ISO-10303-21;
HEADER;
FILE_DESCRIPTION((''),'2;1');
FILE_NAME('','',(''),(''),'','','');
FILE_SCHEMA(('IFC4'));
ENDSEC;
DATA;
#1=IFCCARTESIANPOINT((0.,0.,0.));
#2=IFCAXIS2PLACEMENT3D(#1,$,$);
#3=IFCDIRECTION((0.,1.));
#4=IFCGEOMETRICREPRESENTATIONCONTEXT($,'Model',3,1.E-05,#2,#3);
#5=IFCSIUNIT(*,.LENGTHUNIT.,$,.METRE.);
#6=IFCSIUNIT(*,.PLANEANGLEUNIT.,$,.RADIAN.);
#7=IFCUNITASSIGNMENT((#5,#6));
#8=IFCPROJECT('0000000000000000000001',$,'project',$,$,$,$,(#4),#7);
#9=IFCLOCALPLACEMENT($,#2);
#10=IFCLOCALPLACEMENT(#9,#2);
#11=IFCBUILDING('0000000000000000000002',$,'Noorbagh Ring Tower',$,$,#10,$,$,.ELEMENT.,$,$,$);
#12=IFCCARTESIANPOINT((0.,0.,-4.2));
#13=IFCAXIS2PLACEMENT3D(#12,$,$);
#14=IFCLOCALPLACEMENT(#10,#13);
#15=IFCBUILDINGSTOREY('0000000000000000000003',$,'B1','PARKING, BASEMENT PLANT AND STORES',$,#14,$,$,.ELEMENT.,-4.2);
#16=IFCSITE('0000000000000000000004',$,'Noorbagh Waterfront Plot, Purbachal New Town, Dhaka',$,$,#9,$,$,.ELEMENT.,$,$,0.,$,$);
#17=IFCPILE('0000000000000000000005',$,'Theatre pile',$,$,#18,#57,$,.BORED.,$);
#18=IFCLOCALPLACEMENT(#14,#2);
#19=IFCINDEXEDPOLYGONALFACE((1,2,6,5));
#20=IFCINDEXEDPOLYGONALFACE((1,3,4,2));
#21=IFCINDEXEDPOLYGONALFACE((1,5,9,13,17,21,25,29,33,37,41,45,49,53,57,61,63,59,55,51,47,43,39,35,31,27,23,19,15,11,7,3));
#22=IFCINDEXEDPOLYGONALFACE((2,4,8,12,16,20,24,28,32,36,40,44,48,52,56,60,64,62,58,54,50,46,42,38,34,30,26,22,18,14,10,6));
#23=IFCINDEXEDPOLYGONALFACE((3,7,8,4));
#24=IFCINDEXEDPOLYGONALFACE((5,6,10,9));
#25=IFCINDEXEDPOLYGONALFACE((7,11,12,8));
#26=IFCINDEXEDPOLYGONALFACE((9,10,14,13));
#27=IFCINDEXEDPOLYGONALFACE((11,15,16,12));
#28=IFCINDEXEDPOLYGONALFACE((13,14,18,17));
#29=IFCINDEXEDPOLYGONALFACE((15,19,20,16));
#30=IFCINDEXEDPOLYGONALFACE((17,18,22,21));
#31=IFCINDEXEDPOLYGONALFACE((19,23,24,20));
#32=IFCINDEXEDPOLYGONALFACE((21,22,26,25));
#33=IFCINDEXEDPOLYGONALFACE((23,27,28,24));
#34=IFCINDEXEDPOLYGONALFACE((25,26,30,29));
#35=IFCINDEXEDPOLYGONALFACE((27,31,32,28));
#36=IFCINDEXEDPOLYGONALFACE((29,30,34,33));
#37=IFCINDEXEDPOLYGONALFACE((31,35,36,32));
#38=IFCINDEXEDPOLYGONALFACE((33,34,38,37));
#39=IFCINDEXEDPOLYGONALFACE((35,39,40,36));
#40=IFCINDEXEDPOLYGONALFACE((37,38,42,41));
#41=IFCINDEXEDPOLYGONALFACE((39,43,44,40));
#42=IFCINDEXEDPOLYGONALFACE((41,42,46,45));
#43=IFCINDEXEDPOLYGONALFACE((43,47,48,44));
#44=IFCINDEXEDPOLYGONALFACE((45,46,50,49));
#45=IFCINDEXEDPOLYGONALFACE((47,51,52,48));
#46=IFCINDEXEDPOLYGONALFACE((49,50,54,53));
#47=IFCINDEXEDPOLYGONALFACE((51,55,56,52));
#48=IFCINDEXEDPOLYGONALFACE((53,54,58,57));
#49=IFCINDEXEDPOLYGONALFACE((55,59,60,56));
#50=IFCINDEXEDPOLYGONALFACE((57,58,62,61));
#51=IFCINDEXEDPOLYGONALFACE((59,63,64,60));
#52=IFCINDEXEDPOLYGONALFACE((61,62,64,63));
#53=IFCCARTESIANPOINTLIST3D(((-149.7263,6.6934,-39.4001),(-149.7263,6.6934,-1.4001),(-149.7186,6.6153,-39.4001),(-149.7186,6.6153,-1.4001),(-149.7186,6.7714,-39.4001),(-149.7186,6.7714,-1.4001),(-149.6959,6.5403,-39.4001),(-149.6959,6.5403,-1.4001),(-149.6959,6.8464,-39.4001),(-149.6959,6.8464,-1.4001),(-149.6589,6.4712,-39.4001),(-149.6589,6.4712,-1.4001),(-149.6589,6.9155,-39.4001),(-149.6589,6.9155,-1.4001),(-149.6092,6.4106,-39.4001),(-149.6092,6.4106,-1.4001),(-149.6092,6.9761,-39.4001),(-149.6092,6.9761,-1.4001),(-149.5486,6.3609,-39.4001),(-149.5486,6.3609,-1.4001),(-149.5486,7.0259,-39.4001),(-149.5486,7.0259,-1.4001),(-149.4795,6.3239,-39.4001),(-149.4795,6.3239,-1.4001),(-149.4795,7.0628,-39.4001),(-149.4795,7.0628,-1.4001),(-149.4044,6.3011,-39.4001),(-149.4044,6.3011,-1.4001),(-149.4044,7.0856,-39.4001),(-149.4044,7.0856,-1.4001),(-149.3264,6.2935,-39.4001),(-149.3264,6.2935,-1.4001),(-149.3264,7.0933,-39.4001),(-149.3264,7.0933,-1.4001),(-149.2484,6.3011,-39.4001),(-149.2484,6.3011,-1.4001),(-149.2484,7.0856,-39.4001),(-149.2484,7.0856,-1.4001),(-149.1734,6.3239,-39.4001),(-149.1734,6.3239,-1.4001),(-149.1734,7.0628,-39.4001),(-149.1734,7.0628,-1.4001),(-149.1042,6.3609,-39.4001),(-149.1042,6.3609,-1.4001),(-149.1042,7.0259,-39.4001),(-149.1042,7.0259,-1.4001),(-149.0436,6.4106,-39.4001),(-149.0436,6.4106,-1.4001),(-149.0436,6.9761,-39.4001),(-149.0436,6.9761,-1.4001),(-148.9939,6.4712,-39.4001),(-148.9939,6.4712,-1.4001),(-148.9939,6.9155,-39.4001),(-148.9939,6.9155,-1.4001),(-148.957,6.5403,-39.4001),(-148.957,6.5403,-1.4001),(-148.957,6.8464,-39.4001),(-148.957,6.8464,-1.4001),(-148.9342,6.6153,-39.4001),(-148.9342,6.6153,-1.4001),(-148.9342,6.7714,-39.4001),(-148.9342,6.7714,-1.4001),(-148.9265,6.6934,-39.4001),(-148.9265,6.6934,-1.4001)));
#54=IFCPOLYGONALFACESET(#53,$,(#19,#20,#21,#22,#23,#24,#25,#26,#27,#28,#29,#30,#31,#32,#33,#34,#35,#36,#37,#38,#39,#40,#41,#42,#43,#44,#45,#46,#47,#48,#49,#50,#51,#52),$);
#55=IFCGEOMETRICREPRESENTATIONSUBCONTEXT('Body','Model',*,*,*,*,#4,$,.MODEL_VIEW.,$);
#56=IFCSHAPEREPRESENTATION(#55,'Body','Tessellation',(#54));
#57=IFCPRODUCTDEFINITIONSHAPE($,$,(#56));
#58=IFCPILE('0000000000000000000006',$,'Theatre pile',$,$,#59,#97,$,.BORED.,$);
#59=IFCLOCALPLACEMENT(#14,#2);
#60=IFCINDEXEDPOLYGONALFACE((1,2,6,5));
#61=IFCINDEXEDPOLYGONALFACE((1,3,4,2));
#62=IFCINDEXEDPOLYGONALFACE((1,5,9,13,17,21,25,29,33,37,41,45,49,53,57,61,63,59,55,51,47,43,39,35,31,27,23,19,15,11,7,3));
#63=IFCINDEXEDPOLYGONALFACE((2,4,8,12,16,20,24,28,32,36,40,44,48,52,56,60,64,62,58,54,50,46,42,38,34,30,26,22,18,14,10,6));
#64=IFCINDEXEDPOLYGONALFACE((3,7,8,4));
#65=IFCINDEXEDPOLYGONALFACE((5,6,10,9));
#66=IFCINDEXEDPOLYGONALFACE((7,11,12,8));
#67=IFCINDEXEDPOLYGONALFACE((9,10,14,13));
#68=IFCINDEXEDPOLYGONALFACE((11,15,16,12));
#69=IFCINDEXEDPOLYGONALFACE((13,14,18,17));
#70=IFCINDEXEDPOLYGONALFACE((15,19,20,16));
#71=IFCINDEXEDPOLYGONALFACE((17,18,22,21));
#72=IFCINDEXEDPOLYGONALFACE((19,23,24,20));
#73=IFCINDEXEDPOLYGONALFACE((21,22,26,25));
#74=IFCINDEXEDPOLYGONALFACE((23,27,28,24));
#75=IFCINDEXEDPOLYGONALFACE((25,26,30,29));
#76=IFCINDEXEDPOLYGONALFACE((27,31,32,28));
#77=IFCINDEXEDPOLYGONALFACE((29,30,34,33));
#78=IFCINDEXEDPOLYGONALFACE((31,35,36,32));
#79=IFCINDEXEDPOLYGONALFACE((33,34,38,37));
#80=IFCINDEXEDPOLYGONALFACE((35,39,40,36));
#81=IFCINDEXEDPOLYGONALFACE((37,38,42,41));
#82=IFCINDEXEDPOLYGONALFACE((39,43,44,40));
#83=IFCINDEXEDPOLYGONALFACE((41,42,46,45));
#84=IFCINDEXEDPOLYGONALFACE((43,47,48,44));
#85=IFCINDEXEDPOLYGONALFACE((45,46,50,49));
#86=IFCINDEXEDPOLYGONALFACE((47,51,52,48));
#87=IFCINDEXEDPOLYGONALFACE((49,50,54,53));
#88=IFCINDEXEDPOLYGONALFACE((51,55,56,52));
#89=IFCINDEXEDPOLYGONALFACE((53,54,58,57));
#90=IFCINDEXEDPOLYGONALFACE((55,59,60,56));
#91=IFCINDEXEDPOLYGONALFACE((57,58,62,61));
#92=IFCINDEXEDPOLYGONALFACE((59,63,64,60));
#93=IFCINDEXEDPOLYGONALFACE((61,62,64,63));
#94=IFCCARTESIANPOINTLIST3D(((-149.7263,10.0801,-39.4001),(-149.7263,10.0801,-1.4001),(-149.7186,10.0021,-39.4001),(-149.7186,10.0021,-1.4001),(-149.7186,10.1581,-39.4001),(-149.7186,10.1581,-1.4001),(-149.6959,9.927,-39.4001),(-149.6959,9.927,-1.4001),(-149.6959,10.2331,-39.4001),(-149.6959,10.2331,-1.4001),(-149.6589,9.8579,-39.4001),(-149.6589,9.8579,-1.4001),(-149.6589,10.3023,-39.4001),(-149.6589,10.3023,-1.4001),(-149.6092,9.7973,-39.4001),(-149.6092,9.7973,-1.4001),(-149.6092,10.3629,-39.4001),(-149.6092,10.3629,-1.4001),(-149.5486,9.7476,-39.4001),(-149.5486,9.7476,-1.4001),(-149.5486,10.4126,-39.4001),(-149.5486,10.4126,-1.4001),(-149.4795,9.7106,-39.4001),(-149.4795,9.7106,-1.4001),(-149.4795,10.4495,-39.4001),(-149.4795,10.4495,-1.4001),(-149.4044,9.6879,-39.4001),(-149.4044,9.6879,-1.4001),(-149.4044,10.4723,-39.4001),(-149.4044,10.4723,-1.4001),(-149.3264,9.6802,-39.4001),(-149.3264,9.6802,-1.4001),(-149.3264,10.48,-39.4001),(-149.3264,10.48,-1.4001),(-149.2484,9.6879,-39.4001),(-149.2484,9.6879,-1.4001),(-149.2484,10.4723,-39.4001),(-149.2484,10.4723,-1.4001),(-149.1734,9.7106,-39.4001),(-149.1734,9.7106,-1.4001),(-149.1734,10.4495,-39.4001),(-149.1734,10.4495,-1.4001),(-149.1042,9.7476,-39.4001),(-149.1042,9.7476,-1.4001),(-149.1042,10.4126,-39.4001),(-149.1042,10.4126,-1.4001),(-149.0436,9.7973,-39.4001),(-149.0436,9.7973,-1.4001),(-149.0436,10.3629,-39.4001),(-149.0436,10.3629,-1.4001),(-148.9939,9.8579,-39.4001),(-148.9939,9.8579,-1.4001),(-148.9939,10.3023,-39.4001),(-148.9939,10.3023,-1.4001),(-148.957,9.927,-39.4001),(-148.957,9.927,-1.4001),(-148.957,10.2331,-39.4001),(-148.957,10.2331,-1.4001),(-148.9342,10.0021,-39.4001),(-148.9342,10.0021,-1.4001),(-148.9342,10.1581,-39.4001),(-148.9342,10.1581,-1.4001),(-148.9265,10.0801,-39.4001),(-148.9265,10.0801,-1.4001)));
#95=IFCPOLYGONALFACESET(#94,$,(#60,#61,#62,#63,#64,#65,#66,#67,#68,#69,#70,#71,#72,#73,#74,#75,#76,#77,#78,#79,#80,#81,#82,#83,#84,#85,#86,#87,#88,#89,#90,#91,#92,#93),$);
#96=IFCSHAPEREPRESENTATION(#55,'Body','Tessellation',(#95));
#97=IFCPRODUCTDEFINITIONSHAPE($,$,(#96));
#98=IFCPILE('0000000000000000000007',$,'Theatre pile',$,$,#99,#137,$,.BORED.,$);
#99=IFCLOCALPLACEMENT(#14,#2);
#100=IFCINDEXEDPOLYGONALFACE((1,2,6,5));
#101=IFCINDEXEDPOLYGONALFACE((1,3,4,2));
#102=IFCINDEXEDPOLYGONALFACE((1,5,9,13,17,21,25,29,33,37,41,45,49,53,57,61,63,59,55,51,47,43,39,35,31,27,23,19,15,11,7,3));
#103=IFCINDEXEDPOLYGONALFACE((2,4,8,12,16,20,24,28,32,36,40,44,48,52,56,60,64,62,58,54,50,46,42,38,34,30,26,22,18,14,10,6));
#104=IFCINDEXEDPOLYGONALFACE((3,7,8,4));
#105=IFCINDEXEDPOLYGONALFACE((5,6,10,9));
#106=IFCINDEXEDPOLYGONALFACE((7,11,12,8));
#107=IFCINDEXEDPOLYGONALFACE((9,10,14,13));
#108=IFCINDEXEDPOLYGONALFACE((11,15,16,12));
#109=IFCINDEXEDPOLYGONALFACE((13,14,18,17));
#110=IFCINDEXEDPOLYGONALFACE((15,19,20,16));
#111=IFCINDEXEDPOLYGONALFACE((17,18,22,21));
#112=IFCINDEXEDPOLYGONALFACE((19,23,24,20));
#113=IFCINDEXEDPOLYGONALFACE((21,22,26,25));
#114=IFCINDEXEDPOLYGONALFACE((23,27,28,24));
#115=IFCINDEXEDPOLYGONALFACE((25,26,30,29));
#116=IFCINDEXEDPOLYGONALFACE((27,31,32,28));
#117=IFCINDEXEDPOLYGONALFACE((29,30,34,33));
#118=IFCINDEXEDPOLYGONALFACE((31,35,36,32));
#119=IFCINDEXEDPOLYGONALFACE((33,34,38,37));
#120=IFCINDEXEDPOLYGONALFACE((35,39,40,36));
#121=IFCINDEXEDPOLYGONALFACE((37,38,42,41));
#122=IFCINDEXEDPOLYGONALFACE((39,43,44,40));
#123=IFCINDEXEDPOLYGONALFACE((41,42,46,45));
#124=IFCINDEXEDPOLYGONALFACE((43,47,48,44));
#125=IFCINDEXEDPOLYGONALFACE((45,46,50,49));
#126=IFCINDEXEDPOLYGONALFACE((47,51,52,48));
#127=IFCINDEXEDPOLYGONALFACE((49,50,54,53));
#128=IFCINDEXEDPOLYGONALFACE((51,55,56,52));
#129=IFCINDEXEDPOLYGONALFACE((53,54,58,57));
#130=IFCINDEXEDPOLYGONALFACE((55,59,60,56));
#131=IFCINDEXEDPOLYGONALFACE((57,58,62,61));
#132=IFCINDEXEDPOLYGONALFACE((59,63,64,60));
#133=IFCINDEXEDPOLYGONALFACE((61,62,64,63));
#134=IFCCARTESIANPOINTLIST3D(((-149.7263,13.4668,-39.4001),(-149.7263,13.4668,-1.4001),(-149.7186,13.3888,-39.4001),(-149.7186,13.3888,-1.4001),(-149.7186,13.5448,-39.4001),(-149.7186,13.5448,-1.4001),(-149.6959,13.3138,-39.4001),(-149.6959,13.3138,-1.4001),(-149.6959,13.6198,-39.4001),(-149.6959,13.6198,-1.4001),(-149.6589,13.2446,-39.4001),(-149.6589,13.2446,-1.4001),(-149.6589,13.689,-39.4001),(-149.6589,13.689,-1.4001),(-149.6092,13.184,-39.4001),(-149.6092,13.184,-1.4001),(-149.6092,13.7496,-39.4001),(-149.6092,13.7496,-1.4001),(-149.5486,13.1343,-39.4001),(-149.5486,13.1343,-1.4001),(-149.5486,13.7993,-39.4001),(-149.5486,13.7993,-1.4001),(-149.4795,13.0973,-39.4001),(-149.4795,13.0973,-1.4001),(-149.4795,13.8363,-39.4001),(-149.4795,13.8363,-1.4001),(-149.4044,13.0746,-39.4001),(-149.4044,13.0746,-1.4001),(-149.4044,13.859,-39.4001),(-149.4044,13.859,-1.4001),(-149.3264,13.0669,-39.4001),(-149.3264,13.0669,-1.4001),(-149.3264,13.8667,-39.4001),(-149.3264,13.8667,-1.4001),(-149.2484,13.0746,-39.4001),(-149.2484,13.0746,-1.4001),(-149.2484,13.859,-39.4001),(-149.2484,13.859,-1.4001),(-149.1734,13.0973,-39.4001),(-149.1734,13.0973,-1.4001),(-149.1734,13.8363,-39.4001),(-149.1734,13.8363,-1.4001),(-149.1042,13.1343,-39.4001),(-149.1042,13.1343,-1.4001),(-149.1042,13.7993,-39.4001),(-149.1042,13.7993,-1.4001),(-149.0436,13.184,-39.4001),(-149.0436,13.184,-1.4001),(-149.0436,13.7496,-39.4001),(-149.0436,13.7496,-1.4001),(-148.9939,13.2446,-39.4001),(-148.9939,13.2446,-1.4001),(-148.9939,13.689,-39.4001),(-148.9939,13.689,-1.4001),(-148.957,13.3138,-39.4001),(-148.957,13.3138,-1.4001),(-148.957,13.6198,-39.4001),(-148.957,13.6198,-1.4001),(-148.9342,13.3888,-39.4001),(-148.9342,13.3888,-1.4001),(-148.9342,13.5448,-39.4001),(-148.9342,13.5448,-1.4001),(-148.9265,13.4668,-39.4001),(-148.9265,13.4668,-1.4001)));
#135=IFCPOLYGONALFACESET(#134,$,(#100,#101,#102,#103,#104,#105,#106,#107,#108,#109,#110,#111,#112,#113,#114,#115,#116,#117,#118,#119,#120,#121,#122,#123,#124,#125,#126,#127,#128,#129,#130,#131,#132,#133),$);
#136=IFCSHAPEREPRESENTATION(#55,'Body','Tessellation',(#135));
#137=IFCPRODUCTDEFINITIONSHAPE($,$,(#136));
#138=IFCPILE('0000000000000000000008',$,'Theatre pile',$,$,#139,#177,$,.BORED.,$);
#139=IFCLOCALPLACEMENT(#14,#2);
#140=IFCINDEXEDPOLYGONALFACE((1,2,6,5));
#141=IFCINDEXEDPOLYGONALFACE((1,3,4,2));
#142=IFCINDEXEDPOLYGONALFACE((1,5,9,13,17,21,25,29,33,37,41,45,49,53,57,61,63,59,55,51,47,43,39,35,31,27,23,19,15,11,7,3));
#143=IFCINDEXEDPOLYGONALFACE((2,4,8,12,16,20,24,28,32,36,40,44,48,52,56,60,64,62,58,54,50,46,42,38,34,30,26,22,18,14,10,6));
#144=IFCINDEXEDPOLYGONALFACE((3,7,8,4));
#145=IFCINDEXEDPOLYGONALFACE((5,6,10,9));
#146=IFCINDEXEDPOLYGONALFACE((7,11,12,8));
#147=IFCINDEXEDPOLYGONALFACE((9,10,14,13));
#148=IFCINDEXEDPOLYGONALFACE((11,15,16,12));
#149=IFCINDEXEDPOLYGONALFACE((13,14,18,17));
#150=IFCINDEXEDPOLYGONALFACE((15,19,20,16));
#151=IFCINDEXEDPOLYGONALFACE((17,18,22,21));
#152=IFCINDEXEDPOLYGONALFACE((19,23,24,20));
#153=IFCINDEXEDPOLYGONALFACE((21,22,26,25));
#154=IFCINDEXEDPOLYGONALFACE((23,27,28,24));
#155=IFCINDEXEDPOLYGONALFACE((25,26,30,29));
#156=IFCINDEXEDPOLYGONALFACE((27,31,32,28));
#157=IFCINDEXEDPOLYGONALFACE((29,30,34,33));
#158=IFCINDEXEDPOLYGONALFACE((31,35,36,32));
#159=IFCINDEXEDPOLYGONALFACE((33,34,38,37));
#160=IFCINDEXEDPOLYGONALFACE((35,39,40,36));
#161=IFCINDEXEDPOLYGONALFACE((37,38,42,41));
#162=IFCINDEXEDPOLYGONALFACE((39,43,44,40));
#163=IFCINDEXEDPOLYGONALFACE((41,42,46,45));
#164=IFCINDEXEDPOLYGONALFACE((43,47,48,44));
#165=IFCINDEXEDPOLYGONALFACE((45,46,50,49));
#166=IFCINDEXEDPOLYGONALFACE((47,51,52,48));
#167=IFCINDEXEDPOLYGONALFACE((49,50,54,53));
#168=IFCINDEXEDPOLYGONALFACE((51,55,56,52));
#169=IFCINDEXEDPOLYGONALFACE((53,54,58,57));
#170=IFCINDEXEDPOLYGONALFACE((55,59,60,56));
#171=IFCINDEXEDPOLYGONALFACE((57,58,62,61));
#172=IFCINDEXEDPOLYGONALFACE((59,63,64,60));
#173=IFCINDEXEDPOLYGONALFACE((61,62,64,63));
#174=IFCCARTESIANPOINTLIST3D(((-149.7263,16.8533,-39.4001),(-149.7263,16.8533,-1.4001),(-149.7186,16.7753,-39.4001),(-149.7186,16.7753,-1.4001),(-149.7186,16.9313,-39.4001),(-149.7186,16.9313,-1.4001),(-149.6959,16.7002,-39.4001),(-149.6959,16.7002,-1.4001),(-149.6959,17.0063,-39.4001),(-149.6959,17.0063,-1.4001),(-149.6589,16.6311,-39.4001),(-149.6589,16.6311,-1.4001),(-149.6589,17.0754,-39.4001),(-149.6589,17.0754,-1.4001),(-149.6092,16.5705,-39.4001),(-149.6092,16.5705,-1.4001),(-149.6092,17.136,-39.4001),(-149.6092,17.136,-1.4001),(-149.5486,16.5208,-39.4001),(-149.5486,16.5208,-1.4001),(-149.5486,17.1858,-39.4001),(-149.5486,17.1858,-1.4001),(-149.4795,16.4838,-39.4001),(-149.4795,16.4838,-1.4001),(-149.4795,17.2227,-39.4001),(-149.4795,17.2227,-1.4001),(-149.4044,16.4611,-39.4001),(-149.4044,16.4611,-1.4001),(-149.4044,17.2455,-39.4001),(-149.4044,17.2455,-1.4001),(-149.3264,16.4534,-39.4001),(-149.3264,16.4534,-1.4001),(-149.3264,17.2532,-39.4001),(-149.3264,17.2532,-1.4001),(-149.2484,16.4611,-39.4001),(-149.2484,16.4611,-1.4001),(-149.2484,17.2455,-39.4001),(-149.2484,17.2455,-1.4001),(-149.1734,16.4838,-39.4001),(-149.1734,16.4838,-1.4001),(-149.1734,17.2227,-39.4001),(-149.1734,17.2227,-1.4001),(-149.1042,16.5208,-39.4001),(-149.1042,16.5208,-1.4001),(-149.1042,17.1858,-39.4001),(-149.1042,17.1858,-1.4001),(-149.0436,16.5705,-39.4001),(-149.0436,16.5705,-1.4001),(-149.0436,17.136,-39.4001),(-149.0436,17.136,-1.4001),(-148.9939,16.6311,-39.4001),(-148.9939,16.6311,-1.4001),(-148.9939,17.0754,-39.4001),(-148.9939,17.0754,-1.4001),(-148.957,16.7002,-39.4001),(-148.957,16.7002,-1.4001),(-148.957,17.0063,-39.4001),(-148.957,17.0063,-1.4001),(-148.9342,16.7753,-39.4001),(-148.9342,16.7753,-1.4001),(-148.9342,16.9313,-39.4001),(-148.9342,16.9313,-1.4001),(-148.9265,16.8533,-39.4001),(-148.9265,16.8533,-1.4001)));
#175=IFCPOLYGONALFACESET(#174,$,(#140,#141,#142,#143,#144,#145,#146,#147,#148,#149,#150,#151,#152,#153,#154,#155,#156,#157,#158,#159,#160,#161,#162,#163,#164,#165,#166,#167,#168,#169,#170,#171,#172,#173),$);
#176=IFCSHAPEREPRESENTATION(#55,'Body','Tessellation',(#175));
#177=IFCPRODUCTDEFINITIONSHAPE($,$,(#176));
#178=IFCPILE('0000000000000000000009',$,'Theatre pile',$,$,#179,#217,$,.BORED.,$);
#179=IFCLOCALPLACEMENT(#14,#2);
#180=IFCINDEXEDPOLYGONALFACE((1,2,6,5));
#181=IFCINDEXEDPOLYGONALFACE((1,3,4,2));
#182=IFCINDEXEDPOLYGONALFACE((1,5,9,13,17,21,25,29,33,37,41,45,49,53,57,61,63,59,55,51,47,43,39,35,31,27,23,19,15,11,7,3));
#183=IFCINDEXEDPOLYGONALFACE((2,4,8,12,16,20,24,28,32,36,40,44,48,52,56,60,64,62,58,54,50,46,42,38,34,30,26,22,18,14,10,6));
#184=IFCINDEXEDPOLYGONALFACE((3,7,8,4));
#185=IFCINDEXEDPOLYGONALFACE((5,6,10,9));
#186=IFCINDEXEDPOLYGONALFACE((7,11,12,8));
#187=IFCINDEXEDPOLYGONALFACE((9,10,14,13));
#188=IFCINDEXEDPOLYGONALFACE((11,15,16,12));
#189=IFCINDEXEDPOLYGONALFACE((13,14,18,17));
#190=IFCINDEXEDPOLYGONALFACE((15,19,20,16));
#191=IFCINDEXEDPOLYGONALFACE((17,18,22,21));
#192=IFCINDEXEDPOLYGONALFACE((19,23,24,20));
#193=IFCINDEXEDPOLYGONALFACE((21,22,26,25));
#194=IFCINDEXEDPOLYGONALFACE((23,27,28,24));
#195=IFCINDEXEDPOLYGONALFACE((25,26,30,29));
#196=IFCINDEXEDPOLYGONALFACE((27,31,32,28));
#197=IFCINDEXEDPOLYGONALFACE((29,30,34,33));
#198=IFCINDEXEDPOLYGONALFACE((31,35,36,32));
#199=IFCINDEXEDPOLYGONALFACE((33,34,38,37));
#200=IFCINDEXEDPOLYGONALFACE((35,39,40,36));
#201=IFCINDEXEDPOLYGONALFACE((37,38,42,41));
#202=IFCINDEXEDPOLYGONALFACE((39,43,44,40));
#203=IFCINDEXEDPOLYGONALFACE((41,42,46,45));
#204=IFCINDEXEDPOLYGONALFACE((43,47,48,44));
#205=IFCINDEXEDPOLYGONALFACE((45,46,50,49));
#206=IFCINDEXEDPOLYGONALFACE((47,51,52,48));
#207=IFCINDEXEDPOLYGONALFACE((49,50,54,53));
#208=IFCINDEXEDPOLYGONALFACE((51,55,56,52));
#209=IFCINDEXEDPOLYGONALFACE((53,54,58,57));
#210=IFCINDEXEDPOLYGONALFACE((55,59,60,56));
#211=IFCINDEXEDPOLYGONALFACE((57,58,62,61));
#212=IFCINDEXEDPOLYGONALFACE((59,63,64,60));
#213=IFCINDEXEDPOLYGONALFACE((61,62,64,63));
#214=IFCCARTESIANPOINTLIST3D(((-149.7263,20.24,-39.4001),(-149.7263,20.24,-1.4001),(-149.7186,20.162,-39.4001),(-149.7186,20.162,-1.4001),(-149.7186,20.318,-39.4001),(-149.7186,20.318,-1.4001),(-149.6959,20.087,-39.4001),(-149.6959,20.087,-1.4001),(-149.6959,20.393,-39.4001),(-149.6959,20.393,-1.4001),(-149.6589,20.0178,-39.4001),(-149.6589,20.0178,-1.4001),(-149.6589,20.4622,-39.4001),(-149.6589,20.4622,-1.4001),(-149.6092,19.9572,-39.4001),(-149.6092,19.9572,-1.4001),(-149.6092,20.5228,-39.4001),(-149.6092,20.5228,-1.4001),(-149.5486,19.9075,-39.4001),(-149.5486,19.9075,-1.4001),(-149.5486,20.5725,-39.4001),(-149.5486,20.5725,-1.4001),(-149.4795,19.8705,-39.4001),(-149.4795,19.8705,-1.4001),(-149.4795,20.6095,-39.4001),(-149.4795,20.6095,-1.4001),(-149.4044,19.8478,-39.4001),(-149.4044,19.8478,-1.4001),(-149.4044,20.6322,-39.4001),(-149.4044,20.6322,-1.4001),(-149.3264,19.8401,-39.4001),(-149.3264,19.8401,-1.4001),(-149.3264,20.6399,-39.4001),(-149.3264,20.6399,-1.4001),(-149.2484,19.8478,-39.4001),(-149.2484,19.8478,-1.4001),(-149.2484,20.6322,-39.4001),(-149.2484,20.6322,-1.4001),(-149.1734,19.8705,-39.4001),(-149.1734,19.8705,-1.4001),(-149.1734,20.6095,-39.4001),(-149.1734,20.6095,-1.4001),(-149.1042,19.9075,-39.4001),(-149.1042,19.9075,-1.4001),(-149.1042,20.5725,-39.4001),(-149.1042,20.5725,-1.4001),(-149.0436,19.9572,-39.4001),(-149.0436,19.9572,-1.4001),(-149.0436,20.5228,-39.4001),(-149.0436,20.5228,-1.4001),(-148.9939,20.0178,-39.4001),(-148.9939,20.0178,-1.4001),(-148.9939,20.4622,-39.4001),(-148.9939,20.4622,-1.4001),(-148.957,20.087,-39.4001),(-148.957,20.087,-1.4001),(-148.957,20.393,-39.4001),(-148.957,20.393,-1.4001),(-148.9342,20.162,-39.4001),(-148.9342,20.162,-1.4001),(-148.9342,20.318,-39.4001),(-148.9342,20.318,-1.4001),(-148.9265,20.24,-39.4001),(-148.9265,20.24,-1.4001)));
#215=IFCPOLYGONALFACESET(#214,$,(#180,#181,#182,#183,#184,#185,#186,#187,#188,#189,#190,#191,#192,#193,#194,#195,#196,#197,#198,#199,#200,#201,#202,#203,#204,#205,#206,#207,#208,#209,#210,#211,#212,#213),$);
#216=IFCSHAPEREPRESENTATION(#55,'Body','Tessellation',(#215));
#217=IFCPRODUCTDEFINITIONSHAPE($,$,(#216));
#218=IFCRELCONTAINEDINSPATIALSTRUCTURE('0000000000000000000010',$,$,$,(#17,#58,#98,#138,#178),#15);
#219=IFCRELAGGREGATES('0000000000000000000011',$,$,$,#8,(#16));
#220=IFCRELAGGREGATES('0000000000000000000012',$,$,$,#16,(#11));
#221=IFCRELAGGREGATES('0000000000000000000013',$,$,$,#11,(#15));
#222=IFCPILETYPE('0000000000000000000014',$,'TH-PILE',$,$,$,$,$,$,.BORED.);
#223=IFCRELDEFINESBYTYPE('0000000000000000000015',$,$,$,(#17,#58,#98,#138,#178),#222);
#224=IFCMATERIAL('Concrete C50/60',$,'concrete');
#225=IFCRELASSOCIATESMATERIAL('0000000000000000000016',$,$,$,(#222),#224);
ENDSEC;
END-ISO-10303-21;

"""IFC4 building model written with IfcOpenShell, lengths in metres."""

from ifc_helpers import new_model, si_unit, direction, frame, origin, origin_2d, place, context, subcontext, project, spatial, circle, extrude, material, material_profile, profile_set, type_object, element, save


model = new_model("IFC4")

# Units and contexts
model_context = context("Model", 3, precision=1e-05, world=origin(), true_north=direction((0.0, 1.0)))
body_context = subcontext(model_context, "Body", "Model", "MODEL_VIEW")
ifc_project = project(units=[si_unit("LENGTHUNIT", "METRE"), si_unit("PLANEANGLEUNIT", "RADIAN")], contexts=[model_context])

# Site, building, storey
site_placement = place(None, origin())
site = spatial("IfcSite", under=ifc_project, at=site_placement, Name="Noorbagh Waterfront Plot, Purbachal New Town, Dhaka", CompositionType="ELEMENT", RefElevation=0.0)
building_placement = place(site_placement, origin())
building = spatial("IfcBuilding", under=site, at=building_placement, Name="Noorbagh Ring Tower", CompositionType="ELEMENT")
storey_placement = place(building_placement, frame((0.0, 0.0, -4.2)))
storey = spatial("IfcBuildingStorey", under=building, at=storey_placement, Name="B1", Description="PARKING, BASEMENT PLANT AND STORES", CompositionType="ELEMENT", Elevation=-4.2)

# Piles
ifc_material_1 = material(Name="Concrete C50/60", Category="concrete")
ifc_material_profile_1 = material_profile(ifc_material_1, circle(Radius=0.3999, at=origin_2d()), Name="PILE800")
ifc_profile_set_1 = profile_set([ifc_material_profile_1], Name="Concrete C50/60")
pile_type = type_object("IfcPileType", Name="TH-PILE", PredefinedType="BORED", material=ifc_profile_set_1)
for number, where, z_axis, x_axis, name in (
    (1, (-149.3264, 6.6934, -1.4001), (0.0, 0.0, -1.0), (1.0, 0.0, 0.0), "Theatre pile"),
    (2, (-149.3264, 10.0801, -1.4001), (0.0, 0.0, -1.0), (1.0, 0.0, 0.0), "Theatre pile"),
    (3, (-149.3264, 13.4668, -1.4001), (0.0, 0.0, -1.0), (1.0, 0.0, 0.0), "Theatre pile"),
    (4, (-149.3264, 16.8533, -1.4001), (0.0, 0.0, -1.0), (1.0, 0.0, 0.0), "Theatre pile"),
    (5, (-149.3264, 20.24, -1.4001), (0.0, 0.0, -1.0), (1.0, 0.0, 0.0), "Theatre pile"),
):
    element("IfcPile", number, at=place(storey_placement, frame(where, z_axis=z_axis, x_axis=x_axis)), inside=storey, type_object=pile_type, Name=name, PredefinedType="BORED", context=body_context, shape_type="SweptSolid", body=[
        extrude(circle(Radius=0.3999, at=origin_2d()), origin(), (0.0, 0.0, 1.0), 38.0),
    ])

save(model, "model.ifc")
